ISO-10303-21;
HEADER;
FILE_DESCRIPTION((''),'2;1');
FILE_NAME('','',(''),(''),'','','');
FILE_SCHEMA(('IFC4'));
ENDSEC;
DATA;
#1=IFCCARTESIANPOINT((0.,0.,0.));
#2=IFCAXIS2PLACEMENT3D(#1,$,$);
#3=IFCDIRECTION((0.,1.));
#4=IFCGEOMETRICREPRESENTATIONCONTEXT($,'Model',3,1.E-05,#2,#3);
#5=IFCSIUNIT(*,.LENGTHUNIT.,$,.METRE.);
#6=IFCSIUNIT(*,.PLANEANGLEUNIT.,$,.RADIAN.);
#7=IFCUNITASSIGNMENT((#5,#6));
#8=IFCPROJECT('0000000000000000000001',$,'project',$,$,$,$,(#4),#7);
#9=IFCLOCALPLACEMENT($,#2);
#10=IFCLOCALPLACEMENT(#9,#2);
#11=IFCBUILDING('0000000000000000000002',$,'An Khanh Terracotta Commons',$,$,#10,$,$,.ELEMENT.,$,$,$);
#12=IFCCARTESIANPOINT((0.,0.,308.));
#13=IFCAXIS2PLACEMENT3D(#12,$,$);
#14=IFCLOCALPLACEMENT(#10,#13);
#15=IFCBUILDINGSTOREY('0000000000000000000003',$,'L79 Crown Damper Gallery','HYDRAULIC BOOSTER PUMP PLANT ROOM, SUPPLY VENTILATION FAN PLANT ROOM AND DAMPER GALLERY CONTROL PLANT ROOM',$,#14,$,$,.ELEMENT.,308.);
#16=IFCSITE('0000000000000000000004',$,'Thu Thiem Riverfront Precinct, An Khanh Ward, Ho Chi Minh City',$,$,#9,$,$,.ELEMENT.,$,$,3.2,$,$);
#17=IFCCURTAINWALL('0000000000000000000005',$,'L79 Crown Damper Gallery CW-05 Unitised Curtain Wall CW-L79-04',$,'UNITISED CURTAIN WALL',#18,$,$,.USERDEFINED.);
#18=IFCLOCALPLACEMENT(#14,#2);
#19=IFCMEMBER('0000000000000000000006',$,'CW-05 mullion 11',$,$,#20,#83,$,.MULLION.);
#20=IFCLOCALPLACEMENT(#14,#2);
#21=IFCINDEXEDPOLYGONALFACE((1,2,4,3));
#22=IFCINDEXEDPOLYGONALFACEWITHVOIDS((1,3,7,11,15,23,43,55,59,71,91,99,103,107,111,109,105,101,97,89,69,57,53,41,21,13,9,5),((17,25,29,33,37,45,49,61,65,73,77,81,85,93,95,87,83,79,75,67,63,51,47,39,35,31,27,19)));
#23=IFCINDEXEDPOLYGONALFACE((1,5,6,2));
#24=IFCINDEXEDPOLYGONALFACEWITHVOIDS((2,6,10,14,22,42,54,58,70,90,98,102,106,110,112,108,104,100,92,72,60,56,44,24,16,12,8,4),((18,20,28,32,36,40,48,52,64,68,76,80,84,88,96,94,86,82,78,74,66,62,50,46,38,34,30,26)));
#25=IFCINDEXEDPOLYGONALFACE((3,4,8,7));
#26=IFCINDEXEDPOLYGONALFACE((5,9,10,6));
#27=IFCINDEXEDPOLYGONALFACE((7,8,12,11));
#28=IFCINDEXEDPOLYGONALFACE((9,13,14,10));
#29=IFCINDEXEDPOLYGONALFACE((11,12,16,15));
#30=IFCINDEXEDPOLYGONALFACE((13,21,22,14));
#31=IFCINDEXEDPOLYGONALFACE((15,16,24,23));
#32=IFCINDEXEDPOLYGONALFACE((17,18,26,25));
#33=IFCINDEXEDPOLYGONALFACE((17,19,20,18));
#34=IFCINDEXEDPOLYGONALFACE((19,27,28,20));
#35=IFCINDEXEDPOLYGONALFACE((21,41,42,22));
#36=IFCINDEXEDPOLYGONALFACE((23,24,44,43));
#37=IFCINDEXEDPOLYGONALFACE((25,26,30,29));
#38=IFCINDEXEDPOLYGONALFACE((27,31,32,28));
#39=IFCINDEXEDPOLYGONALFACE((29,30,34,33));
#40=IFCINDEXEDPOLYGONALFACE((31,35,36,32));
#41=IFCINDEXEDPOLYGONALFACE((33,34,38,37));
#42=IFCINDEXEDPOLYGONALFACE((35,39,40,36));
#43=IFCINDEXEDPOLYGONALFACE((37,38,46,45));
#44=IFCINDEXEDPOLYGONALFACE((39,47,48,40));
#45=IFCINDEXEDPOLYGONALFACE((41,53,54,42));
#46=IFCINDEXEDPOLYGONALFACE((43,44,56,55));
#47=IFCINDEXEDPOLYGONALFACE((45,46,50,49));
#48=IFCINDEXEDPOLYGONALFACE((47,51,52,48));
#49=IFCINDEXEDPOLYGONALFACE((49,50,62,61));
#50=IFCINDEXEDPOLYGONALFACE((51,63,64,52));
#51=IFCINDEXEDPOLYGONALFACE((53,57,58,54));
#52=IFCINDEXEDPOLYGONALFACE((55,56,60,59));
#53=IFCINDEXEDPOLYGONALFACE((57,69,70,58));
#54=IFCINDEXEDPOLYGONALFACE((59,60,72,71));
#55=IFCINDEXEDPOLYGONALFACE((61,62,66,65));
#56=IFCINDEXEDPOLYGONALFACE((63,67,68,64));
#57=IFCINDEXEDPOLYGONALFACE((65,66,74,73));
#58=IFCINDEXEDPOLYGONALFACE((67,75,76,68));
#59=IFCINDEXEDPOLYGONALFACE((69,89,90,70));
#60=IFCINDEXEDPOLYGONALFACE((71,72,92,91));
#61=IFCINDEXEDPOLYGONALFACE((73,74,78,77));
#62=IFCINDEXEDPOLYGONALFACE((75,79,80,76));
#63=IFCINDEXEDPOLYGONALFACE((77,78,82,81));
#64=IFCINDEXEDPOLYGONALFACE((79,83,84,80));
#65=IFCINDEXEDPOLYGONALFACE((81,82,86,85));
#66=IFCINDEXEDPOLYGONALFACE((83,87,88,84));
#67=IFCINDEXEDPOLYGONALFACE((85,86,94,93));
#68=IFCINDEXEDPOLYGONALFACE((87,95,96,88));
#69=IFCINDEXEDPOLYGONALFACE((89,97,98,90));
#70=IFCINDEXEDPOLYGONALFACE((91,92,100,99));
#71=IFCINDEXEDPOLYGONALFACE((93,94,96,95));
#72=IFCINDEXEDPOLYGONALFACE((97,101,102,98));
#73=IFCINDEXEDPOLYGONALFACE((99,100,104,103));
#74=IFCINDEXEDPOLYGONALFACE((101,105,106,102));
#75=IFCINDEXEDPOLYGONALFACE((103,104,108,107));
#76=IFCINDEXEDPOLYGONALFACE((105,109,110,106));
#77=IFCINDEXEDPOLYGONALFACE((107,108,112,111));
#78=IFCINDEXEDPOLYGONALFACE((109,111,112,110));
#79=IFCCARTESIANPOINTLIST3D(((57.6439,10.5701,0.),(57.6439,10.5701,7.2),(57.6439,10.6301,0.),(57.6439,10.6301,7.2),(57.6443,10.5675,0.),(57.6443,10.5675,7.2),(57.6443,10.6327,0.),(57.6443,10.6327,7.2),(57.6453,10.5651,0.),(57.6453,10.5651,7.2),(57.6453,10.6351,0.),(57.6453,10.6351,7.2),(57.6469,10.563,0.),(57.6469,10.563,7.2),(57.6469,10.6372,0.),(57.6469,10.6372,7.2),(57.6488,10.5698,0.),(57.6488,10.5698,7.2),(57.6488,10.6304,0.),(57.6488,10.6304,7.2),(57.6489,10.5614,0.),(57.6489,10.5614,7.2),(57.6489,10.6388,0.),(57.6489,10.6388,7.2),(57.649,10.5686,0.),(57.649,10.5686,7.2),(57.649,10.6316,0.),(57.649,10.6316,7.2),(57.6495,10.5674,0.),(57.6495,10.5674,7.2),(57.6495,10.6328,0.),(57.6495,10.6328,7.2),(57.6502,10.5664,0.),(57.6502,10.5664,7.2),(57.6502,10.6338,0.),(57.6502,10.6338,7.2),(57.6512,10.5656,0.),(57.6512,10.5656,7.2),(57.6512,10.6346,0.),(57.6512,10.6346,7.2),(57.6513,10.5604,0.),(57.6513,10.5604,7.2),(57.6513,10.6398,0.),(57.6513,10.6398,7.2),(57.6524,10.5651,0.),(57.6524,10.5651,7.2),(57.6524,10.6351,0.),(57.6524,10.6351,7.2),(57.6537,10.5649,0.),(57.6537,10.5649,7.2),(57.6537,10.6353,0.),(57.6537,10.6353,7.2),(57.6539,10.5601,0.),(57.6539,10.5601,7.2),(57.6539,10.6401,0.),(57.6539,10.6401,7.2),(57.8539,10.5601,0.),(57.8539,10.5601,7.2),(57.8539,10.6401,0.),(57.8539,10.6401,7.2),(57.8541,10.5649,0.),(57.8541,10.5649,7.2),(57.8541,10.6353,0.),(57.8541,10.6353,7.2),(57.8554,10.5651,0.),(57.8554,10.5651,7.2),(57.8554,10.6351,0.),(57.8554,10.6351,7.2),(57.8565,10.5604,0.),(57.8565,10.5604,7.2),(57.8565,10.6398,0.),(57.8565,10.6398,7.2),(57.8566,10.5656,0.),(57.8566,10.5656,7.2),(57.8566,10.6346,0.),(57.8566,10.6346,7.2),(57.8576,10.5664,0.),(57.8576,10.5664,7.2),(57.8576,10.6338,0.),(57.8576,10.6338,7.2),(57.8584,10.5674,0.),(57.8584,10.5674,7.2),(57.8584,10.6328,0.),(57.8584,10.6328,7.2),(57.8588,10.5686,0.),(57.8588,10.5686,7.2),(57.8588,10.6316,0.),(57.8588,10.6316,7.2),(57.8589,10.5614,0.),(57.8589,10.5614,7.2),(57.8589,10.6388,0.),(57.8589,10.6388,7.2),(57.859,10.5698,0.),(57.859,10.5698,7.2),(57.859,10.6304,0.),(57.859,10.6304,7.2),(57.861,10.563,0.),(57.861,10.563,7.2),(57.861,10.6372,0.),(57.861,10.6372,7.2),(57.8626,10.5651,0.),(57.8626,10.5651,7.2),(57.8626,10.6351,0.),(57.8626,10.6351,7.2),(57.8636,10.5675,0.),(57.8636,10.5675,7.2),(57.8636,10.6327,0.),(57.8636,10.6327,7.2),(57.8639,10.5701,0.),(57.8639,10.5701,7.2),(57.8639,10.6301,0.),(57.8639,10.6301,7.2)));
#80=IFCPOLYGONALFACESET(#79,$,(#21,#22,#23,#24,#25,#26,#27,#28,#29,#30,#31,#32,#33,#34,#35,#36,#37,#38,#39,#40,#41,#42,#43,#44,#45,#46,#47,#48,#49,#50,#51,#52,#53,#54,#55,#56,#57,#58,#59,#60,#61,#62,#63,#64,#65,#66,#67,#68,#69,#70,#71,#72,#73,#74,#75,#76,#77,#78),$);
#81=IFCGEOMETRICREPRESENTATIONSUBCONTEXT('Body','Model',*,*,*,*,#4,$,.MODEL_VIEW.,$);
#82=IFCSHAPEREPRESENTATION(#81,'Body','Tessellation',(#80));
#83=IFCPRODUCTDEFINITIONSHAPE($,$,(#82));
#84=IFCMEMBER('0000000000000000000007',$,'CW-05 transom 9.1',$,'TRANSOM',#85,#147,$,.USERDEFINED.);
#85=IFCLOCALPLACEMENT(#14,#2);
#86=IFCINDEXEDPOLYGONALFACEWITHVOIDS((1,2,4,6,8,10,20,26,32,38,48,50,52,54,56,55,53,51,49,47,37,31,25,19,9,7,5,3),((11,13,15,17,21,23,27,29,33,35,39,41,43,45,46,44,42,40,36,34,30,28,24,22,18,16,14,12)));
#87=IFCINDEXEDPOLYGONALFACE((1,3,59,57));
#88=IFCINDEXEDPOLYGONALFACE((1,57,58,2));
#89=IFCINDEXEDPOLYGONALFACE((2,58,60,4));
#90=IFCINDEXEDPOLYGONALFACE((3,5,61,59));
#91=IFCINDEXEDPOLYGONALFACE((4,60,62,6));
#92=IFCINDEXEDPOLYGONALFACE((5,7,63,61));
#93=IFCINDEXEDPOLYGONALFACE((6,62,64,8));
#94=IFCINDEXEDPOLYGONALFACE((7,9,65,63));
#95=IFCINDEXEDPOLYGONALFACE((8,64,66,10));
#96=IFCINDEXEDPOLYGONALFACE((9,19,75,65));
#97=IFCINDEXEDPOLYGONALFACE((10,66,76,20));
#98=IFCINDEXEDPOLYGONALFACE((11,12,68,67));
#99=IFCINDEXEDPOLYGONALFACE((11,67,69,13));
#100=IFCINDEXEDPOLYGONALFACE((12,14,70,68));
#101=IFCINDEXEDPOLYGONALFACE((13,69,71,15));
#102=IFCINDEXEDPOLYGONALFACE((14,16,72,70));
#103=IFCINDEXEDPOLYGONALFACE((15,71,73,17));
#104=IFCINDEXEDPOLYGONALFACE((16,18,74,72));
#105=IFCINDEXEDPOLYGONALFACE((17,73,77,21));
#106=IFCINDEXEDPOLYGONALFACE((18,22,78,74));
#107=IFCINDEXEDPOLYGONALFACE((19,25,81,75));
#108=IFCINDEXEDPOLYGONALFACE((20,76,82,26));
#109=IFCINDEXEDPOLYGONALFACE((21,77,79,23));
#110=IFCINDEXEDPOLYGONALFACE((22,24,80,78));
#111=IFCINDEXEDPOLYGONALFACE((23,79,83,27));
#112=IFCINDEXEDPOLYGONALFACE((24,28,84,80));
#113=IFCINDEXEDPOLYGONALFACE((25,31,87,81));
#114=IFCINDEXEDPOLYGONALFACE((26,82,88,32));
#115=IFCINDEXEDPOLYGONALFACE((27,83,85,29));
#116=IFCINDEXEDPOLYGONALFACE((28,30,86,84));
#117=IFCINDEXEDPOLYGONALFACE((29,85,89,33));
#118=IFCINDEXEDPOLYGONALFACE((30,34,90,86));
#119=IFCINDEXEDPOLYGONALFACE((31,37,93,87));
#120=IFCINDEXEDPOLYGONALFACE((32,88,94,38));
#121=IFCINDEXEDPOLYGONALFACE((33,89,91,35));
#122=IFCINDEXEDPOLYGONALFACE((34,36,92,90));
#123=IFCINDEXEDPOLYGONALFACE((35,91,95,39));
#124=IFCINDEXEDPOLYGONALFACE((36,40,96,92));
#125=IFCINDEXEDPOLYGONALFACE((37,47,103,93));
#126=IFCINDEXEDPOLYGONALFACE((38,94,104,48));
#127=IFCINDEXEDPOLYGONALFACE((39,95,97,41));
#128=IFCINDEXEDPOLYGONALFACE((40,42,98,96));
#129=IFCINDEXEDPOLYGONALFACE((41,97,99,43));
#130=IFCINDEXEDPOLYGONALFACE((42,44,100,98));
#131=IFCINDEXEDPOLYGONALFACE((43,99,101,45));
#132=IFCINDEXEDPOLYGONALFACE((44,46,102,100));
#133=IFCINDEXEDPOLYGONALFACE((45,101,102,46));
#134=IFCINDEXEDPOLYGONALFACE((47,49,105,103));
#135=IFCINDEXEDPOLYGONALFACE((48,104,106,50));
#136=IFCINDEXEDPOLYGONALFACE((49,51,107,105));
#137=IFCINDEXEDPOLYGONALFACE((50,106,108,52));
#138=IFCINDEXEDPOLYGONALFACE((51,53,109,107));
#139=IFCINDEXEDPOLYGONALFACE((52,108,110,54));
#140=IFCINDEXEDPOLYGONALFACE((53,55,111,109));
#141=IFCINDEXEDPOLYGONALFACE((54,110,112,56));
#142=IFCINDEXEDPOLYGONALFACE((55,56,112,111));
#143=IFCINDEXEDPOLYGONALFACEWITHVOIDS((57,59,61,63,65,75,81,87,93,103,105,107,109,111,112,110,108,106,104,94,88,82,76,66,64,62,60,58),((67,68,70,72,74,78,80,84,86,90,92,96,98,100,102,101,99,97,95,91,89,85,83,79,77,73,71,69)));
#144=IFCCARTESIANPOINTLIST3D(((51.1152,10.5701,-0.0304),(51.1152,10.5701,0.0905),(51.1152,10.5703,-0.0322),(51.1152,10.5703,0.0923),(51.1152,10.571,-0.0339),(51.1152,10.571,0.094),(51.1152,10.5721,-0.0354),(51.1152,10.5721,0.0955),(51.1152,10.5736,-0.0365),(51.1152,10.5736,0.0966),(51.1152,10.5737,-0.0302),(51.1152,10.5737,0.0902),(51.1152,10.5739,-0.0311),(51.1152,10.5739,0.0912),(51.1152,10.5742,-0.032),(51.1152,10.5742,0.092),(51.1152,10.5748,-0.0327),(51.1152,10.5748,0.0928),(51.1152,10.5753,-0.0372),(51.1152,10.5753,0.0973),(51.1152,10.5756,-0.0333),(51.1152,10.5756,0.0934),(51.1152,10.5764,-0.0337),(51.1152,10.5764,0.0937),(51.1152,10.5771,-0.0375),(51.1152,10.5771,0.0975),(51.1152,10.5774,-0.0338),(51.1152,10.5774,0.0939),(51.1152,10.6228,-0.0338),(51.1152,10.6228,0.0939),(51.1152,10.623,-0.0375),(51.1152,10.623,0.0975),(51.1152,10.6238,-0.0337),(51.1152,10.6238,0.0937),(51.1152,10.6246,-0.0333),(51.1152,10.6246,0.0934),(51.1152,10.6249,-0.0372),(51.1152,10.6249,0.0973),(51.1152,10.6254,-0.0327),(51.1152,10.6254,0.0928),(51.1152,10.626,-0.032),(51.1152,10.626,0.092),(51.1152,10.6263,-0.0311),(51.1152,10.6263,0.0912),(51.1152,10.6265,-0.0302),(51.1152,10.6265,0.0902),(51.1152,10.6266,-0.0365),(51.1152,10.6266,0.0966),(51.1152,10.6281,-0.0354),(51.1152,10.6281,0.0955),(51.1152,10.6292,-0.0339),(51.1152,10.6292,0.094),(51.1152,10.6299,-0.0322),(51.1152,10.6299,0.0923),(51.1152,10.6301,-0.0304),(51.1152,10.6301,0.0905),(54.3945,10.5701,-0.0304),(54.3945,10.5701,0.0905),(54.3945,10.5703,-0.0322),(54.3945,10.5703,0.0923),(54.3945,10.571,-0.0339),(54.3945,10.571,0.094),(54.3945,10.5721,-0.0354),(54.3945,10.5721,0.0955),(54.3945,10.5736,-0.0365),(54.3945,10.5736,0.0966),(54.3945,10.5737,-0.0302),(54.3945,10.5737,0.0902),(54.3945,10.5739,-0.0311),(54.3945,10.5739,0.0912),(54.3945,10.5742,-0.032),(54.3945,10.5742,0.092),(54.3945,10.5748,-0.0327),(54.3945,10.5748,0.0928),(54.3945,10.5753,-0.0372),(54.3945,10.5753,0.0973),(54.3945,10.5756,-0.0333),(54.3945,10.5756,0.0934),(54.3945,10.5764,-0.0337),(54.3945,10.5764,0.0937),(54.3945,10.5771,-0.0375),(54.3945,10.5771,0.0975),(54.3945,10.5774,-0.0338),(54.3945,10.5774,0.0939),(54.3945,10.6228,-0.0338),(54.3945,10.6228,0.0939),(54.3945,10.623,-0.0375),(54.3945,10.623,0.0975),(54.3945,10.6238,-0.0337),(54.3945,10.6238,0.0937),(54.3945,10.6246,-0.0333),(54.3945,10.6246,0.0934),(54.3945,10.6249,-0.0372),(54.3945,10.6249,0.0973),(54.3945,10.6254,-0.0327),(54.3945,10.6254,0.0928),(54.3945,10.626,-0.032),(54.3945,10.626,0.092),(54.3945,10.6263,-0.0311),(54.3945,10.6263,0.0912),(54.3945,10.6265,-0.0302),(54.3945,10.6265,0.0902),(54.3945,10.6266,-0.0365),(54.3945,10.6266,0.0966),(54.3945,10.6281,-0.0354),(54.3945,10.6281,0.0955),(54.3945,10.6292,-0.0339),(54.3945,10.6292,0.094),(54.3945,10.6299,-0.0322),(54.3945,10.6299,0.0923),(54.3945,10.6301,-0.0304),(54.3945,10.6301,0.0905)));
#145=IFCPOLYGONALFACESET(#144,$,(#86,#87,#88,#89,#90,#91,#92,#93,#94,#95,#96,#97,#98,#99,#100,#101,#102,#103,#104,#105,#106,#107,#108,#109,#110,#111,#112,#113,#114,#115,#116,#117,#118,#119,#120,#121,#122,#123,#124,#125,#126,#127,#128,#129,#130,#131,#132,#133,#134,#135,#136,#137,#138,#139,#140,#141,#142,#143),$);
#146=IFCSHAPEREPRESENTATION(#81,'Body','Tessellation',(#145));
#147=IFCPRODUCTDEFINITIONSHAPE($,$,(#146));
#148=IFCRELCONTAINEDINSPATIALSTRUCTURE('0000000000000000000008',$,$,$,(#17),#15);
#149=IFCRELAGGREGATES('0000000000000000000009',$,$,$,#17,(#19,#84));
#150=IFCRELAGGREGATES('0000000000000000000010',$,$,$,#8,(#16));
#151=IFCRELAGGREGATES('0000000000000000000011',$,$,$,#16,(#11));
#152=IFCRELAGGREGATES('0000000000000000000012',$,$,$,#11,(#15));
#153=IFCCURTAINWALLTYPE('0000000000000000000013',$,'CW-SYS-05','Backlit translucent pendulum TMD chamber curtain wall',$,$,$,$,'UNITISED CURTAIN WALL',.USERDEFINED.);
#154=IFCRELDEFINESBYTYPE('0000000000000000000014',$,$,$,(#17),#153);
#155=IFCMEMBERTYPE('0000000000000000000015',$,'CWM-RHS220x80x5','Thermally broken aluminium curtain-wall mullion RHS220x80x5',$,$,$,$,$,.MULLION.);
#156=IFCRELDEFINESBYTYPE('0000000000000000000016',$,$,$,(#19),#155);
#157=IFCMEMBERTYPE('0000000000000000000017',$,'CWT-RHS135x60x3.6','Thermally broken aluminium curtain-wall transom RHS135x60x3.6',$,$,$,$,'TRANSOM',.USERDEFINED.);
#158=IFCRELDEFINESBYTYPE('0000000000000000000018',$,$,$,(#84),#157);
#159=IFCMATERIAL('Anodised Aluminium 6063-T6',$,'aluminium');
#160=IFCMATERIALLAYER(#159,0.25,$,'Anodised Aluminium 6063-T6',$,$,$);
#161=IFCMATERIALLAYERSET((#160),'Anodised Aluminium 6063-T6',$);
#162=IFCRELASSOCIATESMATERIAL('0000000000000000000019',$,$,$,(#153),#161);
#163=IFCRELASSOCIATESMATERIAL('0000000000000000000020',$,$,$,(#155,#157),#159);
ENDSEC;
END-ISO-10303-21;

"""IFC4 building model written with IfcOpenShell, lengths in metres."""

from ifc_helpers import new_model, si_unit, direction, frame, origin, origin_2d, place, context, subcontext, project, spatial, hollow_rectangle, extrude, material, layer, layer_set, material_profile, profile_set, type_object, element, aggregate, save


model = new_model("IFC4")

# Units and contexts
model_context = context("Model", 3, precision=1e-05, world=origin(), true_north=direction((0.0, 1.0)))
body_context = subcontext(model_context, "Body", "Model", "MODEL_VIEW")
ifc_project = project(units=[si_unit("LENGTHUNIT", "METRE"), si_unit("PLANEANGLEUNIT", "RADIAN")], contexts=[model_context])

# Site, building, storey
site_placement = place(None, origin())
site = spatial("IfcSite", under=ifc_project, at=site_placement, Name="Thu Thiem Riverfront Precinct, An Khanh Ward, Ho Chi Minh City", CompositionType="ELEMENT", RefElevation=3.2)
building_placement = place(site_placement, origin())
building = spatial("IfcBuilding", under=site, at=building_placement, Name="An Khanh Terracotta Commons", CompositionType="ELEMENT")
storey_placement = place(building_placement, frame((0.0, 0.0, 308.0)))
storey = spatial("IfcBuildingStorey", under=building, at=storey_placement, Name="L79 Crown Damper Gallery", Description="HYDRAULIC BOOSTER PUMP PLANT ROOM, SUPPLY VENTILATION FAN PLANT ROOM AND DAMPER GALLERY CONTROL PLANT ROOM", CompositionType="ELEMENT", Elevation=308.0)

# Curtain wall, members
ifc_material_1 = material(Name="Anodised Aluminium 6063-T6", Category="aluminium")
ifc_layer_1 = layer(ifc_material_1, 0.25, Name="Anodised Aluminium 6063-T6")
ifc_layer_set_1 = layer_set([ifc_layer_1], Name="Anodised Aluminium 6063-T6")
curtain_wall_type = type_object("IfcCurtainWallType", Name="CW-SYS-05", Description="Backlit translucent pendulum TMD chamber curtain wall", ElementType="UNITISED CURTAIN WALL", PredefinedType="USERDEFINED", material=ifc_layer_set_1)
curtain_wall_placement = place(storey_placement, origin())
curtain_wall = element("IfcCurtainWall", 1, at=curtain_wall_placement, inside=storey, type_object=curtain_wall_type, Name="L79 Crown Damper Gallery CW-05 Unitised Curtain Wall CW-L79-04", ObjectType="UNITISED CURTAIN WALL", PredefinedType="USERDEFINED")
ifc_material_profile_1 = material_profile(ifc_material_1, hollow_rectangle(XDim=0.0801, YDim=0.22, WallThickness=0.0049, InnerFilletRadius=0.0049, OuterFilletRadius=0.01, at=origin_2d()), Name="RHS220x80x5")
ifc_profile_set_1 = profile_set([ifc_material_profile_1], Name="Anodised Aluminium 6063-T6")
member_type_1 = type_object("IfcMemberType", Name="CWM-RHS220x80x5", Description="Thermally broken aluminium curtain-wall mullion RHS220x80x5", PredefinedType="MULLION", material=ifc_profile_set_1)
member_1_placement = place(storey_placement, frame((57.7539, 10.6001, 0.0), z_axis=(0.0, 0.0, 1.0), x_axis=(0.0, 1.0, 0.0)))
member_1 = element("IfcMember", 2, at=member_1_placement, type_object=member_type_1, Name="CW-05 mullion 11", PredefinedType="MULLION", context=body_context, shape_type="SweptSolid", body=[
    extrude(hollow_rectangle(XDim=0.0801, YDim=0.22, WallThickness=0.0049, InnerFilletRadius=0.0049, OuterFilletRadius=0.01, at=origin_2d()), origin(), (0.0, 0.0, 1.0), 7.2),
])
ifc_material_profile_2 = material_profile(ifc_material_1, hollow_rectangle(XDim=0.0601, YDim=0.135, WallThickness=0.0037, InnerFilletRadius=0.0037, OuterFilletRadius=0.0071, at=origin_2d()), Name="RHS135x60x3.6")
ifc_profile_set_2 = profile_set([ifc_material_profile_2], Name="Anodised Aluminium 6063-T6")
member_type_2 = type_object("IfcMemberType", Name="CWT-RHS135x60x3.6", Description="Thermally broken aluminium curtain-wall transom RHS135x60x3.6", ElementType="TRANSOM", PredefinedType="USERDEFINED", material=ifc_profile_set_2)
member_2_placement = place(storey_placement, frame((51.1152, 10.6001, 0.03), z_axis=(1.0, 0.0, 0.0), x_axis=(0.0, 1.0, 0.0)))
member_2 = element("IfcMember", 3, at=member_2_placement, type_object=member_type_2, Name="CW-05 transom 9.1", ObjectType="TRANSOM", PredefinedType="USERDEFINED", context=body_context, shape_type="SweptSolid", body=[
    extrude(hollow_rectangle(XDim=0.0601, YDim=0.135, WallThickness=0.0037, InnerFilletRadius=0.0037, OuterFilletRadius=0.0071, at=origin_2d()), origin(), (0.0, 0.0, 1.0), 3.2793),
])

aggregate(curtain_wall, [member_1, member_2])

save(model, "model.ifc")
